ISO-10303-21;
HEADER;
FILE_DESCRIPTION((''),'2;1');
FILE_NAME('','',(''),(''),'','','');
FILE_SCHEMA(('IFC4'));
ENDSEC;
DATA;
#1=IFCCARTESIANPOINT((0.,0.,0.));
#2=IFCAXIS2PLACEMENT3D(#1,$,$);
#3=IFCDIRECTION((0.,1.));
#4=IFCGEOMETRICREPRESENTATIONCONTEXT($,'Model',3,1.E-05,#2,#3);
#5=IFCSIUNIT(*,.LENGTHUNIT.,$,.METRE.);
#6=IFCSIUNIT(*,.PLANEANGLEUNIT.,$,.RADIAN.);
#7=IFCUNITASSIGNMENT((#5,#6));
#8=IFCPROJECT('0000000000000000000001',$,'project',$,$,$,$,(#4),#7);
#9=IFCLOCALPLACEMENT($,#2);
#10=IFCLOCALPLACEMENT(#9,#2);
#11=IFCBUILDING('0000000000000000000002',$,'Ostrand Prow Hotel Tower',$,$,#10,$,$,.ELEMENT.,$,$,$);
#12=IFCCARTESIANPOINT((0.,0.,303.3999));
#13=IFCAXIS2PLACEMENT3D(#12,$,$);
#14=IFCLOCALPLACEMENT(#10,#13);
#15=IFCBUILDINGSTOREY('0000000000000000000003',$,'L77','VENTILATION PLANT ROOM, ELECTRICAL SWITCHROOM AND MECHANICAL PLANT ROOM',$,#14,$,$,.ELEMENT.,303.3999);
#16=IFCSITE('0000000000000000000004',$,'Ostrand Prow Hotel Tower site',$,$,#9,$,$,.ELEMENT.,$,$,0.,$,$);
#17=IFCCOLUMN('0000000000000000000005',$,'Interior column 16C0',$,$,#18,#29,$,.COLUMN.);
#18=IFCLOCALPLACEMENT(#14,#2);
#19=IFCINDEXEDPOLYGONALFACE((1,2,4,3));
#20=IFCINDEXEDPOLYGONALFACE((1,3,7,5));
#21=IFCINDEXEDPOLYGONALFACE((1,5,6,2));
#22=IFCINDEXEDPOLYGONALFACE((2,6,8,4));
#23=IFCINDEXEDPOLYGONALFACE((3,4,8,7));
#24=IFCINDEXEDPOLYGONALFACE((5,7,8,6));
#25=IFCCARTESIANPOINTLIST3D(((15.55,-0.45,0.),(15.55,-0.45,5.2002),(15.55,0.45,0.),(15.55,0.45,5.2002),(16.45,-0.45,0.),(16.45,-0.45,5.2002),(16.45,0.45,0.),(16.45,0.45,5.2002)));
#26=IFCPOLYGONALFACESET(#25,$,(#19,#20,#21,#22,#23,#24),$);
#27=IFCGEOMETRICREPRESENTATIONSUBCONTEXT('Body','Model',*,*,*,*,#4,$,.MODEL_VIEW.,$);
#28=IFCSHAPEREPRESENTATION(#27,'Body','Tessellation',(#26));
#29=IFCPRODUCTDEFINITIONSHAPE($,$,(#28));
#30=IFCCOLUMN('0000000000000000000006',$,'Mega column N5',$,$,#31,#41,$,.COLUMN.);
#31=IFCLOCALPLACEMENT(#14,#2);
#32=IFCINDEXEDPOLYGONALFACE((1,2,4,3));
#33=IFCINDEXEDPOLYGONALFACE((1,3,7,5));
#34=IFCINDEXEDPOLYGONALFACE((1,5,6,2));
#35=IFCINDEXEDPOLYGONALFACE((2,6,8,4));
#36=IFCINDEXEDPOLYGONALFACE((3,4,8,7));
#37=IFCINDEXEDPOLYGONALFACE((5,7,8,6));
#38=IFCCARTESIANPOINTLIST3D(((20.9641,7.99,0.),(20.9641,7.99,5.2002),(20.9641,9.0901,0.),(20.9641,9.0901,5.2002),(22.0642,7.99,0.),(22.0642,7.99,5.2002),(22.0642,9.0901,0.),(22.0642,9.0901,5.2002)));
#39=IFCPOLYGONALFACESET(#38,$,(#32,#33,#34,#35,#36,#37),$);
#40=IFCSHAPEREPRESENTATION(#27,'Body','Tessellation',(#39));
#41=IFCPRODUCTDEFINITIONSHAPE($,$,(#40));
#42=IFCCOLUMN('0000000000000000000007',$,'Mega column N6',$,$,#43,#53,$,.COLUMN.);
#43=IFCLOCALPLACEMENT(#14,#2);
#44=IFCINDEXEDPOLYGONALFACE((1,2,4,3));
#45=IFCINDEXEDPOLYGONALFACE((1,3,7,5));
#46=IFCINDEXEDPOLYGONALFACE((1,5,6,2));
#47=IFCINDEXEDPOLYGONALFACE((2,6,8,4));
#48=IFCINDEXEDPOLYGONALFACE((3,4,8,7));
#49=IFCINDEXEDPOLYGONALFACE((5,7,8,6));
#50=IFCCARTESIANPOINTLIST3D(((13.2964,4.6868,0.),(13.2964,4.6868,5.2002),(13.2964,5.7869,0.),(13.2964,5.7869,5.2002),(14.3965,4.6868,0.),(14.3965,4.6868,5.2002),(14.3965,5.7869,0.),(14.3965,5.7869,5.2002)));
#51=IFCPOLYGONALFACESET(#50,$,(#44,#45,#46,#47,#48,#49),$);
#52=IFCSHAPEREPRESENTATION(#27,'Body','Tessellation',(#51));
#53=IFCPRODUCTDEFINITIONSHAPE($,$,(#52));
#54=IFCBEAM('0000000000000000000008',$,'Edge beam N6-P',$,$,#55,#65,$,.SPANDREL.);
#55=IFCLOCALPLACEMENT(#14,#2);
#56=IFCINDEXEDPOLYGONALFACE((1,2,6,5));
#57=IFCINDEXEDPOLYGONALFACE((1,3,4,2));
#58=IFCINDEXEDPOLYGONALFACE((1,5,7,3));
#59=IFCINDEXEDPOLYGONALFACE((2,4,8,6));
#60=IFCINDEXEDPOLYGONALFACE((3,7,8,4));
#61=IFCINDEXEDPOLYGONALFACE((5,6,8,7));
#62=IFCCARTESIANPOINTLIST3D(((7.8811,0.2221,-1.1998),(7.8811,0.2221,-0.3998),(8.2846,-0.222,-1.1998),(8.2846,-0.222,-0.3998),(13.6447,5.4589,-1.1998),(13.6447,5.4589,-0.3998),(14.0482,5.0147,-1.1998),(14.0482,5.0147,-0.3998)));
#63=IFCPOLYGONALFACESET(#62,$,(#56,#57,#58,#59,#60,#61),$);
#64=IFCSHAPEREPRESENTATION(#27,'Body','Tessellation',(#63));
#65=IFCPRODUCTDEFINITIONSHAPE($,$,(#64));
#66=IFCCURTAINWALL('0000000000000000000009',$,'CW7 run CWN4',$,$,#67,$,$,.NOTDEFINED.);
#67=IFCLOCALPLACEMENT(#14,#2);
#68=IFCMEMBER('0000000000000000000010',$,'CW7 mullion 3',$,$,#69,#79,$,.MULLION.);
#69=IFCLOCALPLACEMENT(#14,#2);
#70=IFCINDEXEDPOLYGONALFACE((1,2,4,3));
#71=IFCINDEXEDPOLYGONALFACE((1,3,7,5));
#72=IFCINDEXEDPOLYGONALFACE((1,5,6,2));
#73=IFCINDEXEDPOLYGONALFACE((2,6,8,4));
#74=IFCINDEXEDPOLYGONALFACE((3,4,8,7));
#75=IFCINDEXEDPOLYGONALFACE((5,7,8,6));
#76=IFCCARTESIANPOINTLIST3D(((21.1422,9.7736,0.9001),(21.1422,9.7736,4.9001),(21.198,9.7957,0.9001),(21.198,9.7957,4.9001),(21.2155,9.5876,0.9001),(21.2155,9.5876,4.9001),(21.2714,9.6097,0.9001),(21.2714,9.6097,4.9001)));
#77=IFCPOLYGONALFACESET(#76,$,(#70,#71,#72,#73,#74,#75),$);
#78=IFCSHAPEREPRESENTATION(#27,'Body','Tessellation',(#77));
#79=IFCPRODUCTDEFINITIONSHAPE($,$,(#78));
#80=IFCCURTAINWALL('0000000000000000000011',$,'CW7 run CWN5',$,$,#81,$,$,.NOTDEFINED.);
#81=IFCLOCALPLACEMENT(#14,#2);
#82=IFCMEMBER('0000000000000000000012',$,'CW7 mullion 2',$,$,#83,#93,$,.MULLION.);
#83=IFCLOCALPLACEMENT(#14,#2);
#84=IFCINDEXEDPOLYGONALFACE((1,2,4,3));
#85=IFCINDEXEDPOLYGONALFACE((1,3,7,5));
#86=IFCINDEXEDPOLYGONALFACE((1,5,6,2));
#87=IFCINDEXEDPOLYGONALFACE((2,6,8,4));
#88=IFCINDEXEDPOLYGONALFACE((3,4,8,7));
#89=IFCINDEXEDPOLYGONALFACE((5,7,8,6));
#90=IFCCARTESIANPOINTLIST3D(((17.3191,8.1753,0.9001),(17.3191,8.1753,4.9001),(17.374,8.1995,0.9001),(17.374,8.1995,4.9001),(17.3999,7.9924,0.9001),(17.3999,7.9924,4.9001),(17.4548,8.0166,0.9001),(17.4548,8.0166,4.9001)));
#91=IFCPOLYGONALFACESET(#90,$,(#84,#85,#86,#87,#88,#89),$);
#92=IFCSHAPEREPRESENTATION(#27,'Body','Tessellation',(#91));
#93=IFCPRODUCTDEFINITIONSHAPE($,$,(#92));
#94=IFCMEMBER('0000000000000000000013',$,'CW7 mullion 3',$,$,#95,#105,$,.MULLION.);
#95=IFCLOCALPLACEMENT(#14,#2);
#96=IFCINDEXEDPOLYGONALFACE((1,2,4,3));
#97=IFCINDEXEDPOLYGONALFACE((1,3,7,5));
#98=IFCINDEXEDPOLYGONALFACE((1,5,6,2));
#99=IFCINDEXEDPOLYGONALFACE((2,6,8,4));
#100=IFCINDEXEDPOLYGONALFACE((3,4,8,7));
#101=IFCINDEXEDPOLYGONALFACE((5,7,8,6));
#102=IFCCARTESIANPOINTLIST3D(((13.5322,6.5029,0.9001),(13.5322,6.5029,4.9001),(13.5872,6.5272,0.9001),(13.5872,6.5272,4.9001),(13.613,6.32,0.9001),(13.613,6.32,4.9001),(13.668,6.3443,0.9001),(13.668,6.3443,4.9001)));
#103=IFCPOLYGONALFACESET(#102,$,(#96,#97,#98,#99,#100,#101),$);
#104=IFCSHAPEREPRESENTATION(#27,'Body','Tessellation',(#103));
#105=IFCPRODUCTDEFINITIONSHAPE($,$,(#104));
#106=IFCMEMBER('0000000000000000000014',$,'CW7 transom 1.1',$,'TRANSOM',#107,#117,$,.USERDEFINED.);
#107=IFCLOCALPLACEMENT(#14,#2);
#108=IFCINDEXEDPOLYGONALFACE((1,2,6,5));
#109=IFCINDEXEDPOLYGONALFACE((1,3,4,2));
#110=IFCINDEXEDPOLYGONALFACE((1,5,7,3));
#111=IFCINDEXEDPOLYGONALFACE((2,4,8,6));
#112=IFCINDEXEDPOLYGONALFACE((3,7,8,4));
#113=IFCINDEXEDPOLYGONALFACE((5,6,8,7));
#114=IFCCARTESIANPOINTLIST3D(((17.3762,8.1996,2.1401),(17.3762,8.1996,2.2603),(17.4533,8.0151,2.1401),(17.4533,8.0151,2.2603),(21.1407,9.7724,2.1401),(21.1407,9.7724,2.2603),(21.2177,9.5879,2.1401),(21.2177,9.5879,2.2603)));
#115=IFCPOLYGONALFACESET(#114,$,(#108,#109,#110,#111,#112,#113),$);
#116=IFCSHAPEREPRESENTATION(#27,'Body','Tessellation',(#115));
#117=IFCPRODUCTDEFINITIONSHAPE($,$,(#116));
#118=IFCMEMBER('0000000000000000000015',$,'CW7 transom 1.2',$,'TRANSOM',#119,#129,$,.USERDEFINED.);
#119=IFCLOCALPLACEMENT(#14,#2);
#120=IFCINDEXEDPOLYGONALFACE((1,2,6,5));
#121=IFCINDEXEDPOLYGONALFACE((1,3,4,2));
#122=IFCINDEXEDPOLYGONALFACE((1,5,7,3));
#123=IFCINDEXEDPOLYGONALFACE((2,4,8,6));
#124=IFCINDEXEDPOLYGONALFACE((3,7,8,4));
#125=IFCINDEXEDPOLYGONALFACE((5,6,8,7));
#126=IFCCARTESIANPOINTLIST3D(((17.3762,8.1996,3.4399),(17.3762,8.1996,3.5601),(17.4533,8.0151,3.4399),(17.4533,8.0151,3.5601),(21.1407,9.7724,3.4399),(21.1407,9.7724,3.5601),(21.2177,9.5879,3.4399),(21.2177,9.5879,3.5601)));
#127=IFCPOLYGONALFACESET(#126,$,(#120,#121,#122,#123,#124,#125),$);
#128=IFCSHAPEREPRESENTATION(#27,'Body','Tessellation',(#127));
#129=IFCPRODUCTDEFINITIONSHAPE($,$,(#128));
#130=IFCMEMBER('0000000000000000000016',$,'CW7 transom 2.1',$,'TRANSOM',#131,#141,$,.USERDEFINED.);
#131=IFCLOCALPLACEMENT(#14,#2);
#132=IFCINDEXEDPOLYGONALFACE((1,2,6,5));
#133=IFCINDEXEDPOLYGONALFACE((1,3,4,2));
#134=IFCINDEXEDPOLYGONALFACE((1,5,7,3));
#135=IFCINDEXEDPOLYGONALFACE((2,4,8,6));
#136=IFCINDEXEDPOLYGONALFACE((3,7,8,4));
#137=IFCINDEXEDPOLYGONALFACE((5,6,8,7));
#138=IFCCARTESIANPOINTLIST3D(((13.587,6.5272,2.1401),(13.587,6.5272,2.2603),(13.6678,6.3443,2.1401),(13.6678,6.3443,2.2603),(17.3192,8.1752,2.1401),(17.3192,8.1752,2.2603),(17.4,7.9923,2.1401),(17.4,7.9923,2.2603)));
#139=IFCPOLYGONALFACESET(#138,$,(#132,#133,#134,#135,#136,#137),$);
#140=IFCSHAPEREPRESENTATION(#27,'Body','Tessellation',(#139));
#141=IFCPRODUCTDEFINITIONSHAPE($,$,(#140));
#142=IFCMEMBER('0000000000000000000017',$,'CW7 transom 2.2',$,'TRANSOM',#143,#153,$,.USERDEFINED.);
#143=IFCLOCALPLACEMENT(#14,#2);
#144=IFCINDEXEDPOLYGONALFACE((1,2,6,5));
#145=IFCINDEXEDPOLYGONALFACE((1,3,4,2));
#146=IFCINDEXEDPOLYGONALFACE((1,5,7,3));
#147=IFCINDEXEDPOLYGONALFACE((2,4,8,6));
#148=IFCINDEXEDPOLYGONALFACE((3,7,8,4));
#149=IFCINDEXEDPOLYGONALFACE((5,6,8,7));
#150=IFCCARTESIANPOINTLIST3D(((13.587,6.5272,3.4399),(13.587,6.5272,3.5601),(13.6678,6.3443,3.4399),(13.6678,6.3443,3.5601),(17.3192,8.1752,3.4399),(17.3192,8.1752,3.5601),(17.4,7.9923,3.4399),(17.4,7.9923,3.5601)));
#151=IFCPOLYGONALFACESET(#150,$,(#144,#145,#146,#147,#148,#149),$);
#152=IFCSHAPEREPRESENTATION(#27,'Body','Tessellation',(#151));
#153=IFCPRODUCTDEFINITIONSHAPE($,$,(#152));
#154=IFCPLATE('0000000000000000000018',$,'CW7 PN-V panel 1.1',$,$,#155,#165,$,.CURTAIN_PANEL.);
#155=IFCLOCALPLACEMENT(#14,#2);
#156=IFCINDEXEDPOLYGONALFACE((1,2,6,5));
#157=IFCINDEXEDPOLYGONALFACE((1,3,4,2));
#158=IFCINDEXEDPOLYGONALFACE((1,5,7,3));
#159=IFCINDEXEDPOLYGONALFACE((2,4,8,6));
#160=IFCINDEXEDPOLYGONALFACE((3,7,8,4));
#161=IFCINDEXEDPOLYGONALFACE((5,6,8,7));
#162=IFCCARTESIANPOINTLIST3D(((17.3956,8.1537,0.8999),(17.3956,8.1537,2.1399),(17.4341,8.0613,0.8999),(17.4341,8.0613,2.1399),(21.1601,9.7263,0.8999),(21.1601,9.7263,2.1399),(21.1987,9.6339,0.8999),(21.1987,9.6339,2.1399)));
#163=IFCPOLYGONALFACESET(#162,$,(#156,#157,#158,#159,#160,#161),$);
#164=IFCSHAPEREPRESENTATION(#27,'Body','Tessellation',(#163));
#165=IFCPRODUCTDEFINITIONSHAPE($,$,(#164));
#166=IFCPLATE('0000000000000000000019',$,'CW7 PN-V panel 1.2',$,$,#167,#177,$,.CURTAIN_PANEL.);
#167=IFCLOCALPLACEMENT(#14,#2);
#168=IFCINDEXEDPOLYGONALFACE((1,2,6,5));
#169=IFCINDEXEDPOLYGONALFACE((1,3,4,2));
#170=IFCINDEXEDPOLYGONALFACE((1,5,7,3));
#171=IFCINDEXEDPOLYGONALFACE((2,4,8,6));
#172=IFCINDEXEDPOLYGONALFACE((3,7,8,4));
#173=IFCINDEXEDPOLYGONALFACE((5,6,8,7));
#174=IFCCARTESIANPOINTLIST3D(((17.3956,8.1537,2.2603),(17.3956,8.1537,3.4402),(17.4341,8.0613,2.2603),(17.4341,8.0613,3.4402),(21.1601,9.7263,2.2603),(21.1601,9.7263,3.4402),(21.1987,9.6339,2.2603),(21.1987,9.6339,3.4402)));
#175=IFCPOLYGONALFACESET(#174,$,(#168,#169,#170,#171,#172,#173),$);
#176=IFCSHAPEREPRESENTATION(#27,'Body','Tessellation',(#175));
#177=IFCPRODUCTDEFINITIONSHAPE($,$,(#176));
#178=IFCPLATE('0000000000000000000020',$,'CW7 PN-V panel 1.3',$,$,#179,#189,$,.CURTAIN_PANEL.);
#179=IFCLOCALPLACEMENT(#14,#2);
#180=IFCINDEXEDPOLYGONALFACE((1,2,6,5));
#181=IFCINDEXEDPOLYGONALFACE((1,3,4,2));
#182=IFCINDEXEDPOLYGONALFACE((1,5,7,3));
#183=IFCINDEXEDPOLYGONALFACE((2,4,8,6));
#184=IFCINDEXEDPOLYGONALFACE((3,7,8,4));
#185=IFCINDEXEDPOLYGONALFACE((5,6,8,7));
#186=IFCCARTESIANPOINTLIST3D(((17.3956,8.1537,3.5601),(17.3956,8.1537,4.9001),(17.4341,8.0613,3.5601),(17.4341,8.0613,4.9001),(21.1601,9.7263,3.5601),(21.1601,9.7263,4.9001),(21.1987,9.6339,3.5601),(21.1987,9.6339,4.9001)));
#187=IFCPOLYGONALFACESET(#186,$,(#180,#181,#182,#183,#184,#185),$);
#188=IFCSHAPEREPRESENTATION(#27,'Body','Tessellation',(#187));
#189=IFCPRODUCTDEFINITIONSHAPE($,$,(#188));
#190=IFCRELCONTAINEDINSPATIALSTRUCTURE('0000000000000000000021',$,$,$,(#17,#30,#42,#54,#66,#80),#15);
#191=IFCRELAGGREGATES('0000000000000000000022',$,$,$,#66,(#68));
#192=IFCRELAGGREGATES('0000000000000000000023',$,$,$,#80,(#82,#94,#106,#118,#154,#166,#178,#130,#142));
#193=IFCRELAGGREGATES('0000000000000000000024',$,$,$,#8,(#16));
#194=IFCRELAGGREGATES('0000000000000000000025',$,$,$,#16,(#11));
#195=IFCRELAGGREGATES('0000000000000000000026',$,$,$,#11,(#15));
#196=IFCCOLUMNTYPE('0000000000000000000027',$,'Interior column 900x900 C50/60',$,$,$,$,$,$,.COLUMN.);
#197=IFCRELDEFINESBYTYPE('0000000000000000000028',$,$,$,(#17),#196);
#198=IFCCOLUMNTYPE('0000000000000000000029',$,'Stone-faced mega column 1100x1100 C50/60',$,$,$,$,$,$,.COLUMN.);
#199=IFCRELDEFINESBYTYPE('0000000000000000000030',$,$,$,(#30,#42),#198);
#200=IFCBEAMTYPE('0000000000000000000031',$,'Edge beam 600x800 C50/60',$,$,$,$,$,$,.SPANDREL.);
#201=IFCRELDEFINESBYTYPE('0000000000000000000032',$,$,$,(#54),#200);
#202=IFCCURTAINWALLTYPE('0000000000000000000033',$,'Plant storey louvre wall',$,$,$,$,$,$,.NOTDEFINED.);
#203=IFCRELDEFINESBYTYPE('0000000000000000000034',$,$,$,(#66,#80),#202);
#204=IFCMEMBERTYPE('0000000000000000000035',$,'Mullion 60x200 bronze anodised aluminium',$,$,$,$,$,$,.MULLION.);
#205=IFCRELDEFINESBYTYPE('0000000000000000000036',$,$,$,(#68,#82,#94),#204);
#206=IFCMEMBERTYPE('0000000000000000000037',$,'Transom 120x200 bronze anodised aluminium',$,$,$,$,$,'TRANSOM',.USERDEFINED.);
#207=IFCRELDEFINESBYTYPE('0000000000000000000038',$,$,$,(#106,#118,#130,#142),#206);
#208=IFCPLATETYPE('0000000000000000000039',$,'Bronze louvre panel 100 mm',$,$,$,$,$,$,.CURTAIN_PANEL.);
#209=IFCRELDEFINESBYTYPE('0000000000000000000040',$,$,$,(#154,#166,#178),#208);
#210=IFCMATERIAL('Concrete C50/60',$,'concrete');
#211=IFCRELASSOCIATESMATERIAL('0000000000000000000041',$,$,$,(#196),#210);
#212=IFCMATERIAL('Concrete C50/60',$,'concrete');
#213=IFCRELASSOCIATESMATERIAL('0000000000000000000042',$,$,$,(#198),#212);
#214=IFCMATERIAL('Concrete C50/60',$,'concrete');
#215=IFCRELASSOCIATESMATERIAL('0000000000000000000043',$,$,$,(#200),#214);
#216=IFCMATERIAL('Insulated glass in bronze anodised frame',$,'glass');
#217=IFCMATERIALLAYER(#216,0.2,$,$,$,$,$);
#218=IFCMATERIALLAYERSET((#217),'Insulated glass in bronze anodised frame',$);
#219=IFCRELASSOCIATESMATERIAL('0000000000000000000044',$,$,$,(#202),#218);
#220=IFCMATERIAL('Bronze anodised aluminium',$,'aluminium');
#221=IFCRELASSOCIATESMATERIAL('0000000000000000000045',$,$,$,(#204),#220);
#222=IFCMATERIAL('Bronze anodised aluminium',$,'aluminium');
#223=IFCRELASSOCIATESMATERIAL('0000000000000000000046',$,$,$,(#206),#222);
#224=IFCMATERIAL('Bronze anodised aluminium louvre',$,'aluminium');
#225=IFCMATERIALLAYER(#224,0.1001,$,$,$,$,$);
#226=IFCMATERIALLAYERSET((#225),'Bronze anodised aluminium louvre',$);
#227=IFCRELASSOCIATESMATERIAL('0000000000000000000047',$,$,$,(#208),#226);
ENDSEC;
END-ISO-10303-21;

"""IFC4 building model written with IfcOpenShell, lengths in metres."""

from ifc_helpers import new_model, si_unit, direction, frame, origin, origin_2d, place, context, subcontext, project, spatial, rectangle, extrude, material, layer, layer_set, material_profile, profile_set, type_object, element, aggregate, save


model = new_model("IFC4")

# Units and contexts
model_context = context("Model", 3, precision=1e-05, world=origin(), true_north=direction((0.0, 1.0)))
body_context = subcontext(model_context, "Body", "Model", "MODEL_VIEW")
ifc_project = project(units=[si_unit("LENGTHUNIT", "METRE"), si_unit("PLANEANGLEUNIT", "RADIAN")], contexts=[model_context])

# Site, building, storey
site_placement = place(None, origin())
site = spatial("IfcSite", under=ifc_project, at=site_placement, Name="Ostrand Prow Hotel Tower site", CompositionType="ELEMENT", RefElevation=0.0)
building_placement = place(site_placement, origin())
building = spatial("IfcBuilding", under=site, at=building_placement, Name="Ostrand Prow Hotel Tower", CompositionType="ELEMENT")
storey_placement = place(building_placement, frame((0.0, 0.0, 303.3999)))
storey = spatial("IfcBuildingStorey", under=building, at=storey_placement, Name="L77", Description="VENTILATION PLANT ROOM, ELECTRICAL SWITCHROOM AND MECHANICAL PLANT ROOM", CompositionType="ELEMENT", Elevation=303.3999)

# Columns
ifc_material_1 = material(Name="Concrete C50/60", Category="concrete")
ifc_material_profile_1 = material_profile(ifc_material_1, rectangle(XDim=0.8999, YDim=0.8999, at=origin_2d()), Name="RC 900x900")
ifc_profile_set_1 = profile_set([ifc_material_profile_1], Name="Concrete C50/60")
column_type_1 = type_object("IfcColumnType", Name="Interior column 900x900 C50/60", PredefinedType="COLUMN", material=ifc_profile_set_1)
column_placement = place(storey_placement, frame((16.0, 0.0, 0.0), z_axis=(0.0, 0.0, 1.0), x_axis=(1.0, 0.0, 0.0)))
element("IfcColumn", 1, at=column_placement, inside=storey, type_object=column_type_1, Name="Interior column 16C0", PredefinedType="COLUMN", context=body_context, shape_type="SweptSolid", body=[
    extrude(rectangle(XDim=0.8999, YDim=0.8999, at=origin_2d()), origin(), (0.0, 0.0, 1.0), 5.2002),
])
ifc_material_2 = material(Name="Concrete C50/60", Category="concrete")
ifc_material_profile_2 = material_profile(ifc_material_2, rectangle(XDim=1.1001, YDim=1.1001, at=origin_2d()), Name="RC 1100x1100")
ifc_profile_set_2 = profile_set([ifc_material_profile_2], Name="Concrete C50/60")
column_type_2 = type_object("IfcColumnType", Name="Stone-faced mega column 1100x1100 C50/60", PredefinedType="COLUMN", material=ifc_profile_set_2)
for number, where, z_axis, x_axis, name in (
    (2, (21.5142, 8.54, 0.0), (0.0, 0.0, 1.0), (1.0, 0.0, 0.0), "Mega column N5"),
    (3, (13.8464, 5.2368, 0.0), (0.0, 0.0, 1.0), (1.0, 0.0, 0.0), "Mega column N6"),
):
    element("IfcColumn", number, at=place(storey_placement, frame(where, z_axis=z_axis, x_axis=x_axis)), inside=storey, type_object=column_type_2, Name=name, PredefinedType="COLUMN", context=body_context, shape_type="SweptSolid", body=[
        extrude(rectangle(XDim=1.1001, YDim=1.1001, at=origin_2d()), origin(), (0.0, 0.0, 1.0), 5.2002),
    ])

# Beam
ifc_material_3 = material(Name="Concrete C50/60", Category="concrete")
ifc_material_profile_3 = material_profile(ifc_material_3, rectangle(XDim=0.6001, YDim=0.8, at=origin_2d()), Name="RC 600x800")
ifc_profile_set_3 = profile_set([ifc_material_profile_3], Name="Concrete C50/60")
beam_type = type_object("IfcBeamType", Name="Edge beam 600x800 C50/60", PredefinedType="SPANDREL", material=ifc_profile_set_3)
beam_placement = place(storey_placement, frame((13.8464, 5.2368, -0.7998), z_axis=(-0.740124, -0.67247, 0.0), x_axis=(0.67247, -0.740124, 0.0)))
element("IfcBeam", 4, at=beam_placement, inside=storey, type_object=beam_type, Name="Edge beam N6-P", PredefinedType="SPANDREL", context=body_context, shape_type="SweptSolid", body=[
    extrude(rectangle(XDim=0.6001, YDim=0.8, at=origin_2d()), origin(), (0.0, 0.0, 1.0), 7.7874),
])

# Curtain wall, member
ifc_material_4 = material(Name="Insulated glass in bronze anodised frame", Category="glass")
ifc_layer_1 = layer(ifc_material_4, 0.2)
ifc_layer_set_1 = layer_set([ifc_layer_1], Name="Insulated glass in bronze anodised frame")
curtain_wall_type = type_object("IfcCurtainWallType", Name="Plant storey louvre wall", PredefinedType="NOTDEFINED", material=ifc_layer_set_1)
curtain_wall_1_placement = place(storey_placement, origin())
curtain_wall_1 = element("IfcCurtainWall", 5, at=curtain_wall_1_placement, inside=storey, type_object=curtain_wall_type, Name="CW7 run CWN4", PredefinedType="NOTDEFINED")
ifc_material_5 = material(Name="Bronze anodised aluminium", Category="aluminium")
ifc_material_profile_4 = material_profile(ifc_material_5, rectangle(XDim=0.2, YDim=0.0601, at=origin_2d()), Name="Mullion 60x200 bronze anodised aluminium")
ifc_profile_set_4 = profile_set([ifc_material_profile_4], Name="Bronze anodised aluminium")
member_type_1 = type_object("IfcMemberType", Name="Mullion 60x200 bronze anodised aluminium", PredefinedType="MULLION", material=ifc_profile_set_4)
member_1_placement = place(storey_placement, frame((21.2068, 9.6917, 0.9001), z_axis=(0.0, 0.0, 1.0), x_axis=(0.366845, -0.930282, 0.0)))
member_1 = element("IfcMember", 6, at=member_1_placement, type_object=member_type_1, Name="CW7 mullion 3", PredefinedType="MULLION", context=body_context, shape_type="SweptSolid", body=[
    extrude(rectangle(XDim=0.2, YDim=0.0601, at=origin_2d()), origin(), (0.0, 0.0, 1.0), 4.0),
])
aggregate(curtain_wall_1, [member_1])

# Curtain wall, members, plates
curtain_wall_2_placement = place(storey_placement, origin())
curtain_wall_2 = element("IfcCurtainWall", 7, at=curtain_wall_2_placement, inside=storey, type_object=curtain_wall_type, Name="CW7 run CWN5", PredefinedType="NOTDEFINED")
member_2_placement = place(storey_placement, frame((17.387, 8.0959, 0.9001), z_axis=(0.0, 0.0, 1.0), x_axis=(0.40394, -0.914786, 0.0)))
member_2 = element("IfcMember", 8, at=member_2_placement, type_object=member_type_1, Name="CW7 mullion 2", PredefinedType="MULLION", context=body_context, shape_type="SweptSolid", body=[
    extrude(rectangle(XDim=0.2, YDim=0.0601, at=origin_2d()), origin(), (0.0, 0.0, 1.0), 4.0),
])
member_3_placement = place(storey_placement, frame((13.6001, 6.4236, 0.9001), z_axis=(0.0, 0.0, 1.0), x_axis=(0.40394, -0.914786, 0.0)))
member_3 = element("IfcMember", 9, at=member_3_placement, type_object=member_type_1, Name="CW7 mullion 3", PredefinedType="MULLION", context=body_context, shape_type="SweptSolid", body=[
    extrude(rectangle(XDim=0.2, YDim=0.0601, at=origin_2d()), origin(), (0.0, 0.0, 1.0), 4.0),
])
ifc_material_6 = material(Name="Bronze anodised aluminium", Category="aluminium")
ifc_material_profile_5 = material_profile(ifc_material_6, rectangle(XDim=0.2, YDim=0.1201, at=origin_2d()), Name="Transom 120x200 bronze anodised aluminium")
ifc_profile_set_5 = profile_set([ifc_material_profile_5], Name="Bronze anodised aluminium")
member_type_2 = type_object("IfcMemberType", Name="Transom 120x200 bronze anodised aluminium", ElementType="TRANSOM", PredefinedType="USERDEFINED", material=ifc_profile_set_5)
member_4_placement = place(storey_placement, frame((21.1792, 9.6802, 2.2002), z_axis=(-0.922706, -0.385503, 0.0), x_axis=(0.385503, -0.922706, 0.0)))
member_4 = element("IfcMember", 10, at=member_4_placement, type_object=member_type_2, Name="CW7 transom 1.1", ObjectType="TRANSOM", PredefinedType="USERDEFINED", context=body_context, shape_type="SweptSolid", body=[
    extrude(rectangle(XDim=0.2, YDim=0.1201, at=origin_2d()), origin(), (0.0, 0.0, 1.0), 4.0798),
])
member_5_placement = place(storey_placement, frame((21.1792, 9.6802, 3.5), z_axis=(-0.922706, -0.385503, 0.0), x_axis=(0.385503, -0.922706, 0.0)))
member_5 = element("IfcMember", 11, at=member_5_placement, type_object=member_type_2, Name="CW7 transom 1.2", ObjectType="TRANSOM", PredefinedType="USERDEFINED", context=body_context, shape_type="SweptSolid", body=[
    extrude(rectangle(XDim=0.2, YDim=0.1201, at=origin_2d()), origin(), (0.0, 0.0, 1.0), 4.0798),
])
member_6_placement = place(storey_placement, frame((17.3596, 8.0837, 2.2002), z_axis=(-0.914791, -0.403927, 0.0), x_axis=(0.403927, -0.914791, 0.0)))
member_6 = element("IfcMember", 12, at=member_6_placement, type_object=member_type_2, Name="CW7 transom 2.1", ObjectType="TRANSOM", PredefinedType="USERDEFINED", context=body_context, shape_type="SweptSolid", body=[
    extrude(rectangle(XDim=0.2, YDim=0.1201, at=origin_2d()), origin(), (0.0, 0.0, 1.0), 4.0798),
])
member_7_placement = place(storey_placement, frame((17.3596, 8.0837, 3.5), z_axis=(-0.914791, -0.403927, 0.0), x_axis=(0.403927, -0.914791, 0.0)))
member_7 = element("IfcMember", 13, at=member_7_placement, type_object=member_type_2, Name="CW7 transom 2.2", ObjectType="TRANSOM", PredefinedType="USERDEFINED", context=body_context, shape_type="SweptSolid", body=[
    extrude(rectangle(XDim=0.2, YDim=0.1201, at=origin_2d()), origin(), (0.0, 0.0, 1.0), 4.0798),
])
ifc_material_7 = material(Name="Bronze anodised aluminium louvre", Category="aluminium")
ifc_layer_2 = layer(ifc_material_7, 0.1001)
ifc_layer_set_2 = layer_set([ifc_layer_2], Name="Bronze anodised aluminium louvre")
plate_type = type_object("IfcPlateType", Name="Bronze louvre panel 100 mm", PredefinedType="CURTAIN_PANEL", material=ifc_layer_set_2)
plate_1_placement = place(storey_placement, frame((19.2971, 8.8938, 0.8999), z_axis=(0.0, 0.0, 1.0), x_axis=(-0.92272, -0.385471, 0.0)))
plate_1 = element("IfcPlate", 14, at=plate_1_placement, type_object=plate_type, Name="CW7 PN-V panel 1.1", PredefinedType="CURTAIN_PANEL", context=body_context, shape_type="SweptSolid", body=[
    extrude(rectangle(XDim=4.0798, YDim=0.1001, at=origin_2d()), origin(), (0.0, 0.0, 1.0), 1.24),
])
plate_2_placement = place(storey_placement, frame((19.2971, 8.8938, 2.2603), z_axis=(0.0, 0.0, 1.0), x_axis=(-0.92272, -0.385471, 0.0)))
plate_2 = element("IfcPlate", 15, at=plate_2_placement, type_object=plate_type, Name="CW7 PN-V panel 1.2", PredefinedType="CURTAIN_PANEL", context=body_context, shape_type="SweptSolid", body=[
    extrude(rectangle(XDim=4.0798, YDim=0.1001, at=origin_2d()), origin(), (0.0, 0.0, 1.0), 1.1799),
])
plate_3_placement = place(storey_placement, frame((19.2971, 8.8938, 3.5601), z_axis=(0.0, 0.0, 1.0), x_axis=(-0.92272, -0.385471, 0.0)))
plate_3 = element("IfcPlate", 16, at=plate_3_placement, type_object=plate_type, Name="CW7 PN-V panel 1.3", PredefinedType="CURTAIN_PANEL", context=body_context, shape_type="SweptSolid", body=[
    extrude(rectangle(XDim=4.0798, YDim=0.1001, at=origin_2d()), origin(), (0.0, 0.0, 1.0), 1.3401),
])
aggregate(curtain_wall_2, [member_2, member_3, member_4, member_5, plate_1, plate_2, plate_3, member_6, member_7])

save(model, "model.ifc")
